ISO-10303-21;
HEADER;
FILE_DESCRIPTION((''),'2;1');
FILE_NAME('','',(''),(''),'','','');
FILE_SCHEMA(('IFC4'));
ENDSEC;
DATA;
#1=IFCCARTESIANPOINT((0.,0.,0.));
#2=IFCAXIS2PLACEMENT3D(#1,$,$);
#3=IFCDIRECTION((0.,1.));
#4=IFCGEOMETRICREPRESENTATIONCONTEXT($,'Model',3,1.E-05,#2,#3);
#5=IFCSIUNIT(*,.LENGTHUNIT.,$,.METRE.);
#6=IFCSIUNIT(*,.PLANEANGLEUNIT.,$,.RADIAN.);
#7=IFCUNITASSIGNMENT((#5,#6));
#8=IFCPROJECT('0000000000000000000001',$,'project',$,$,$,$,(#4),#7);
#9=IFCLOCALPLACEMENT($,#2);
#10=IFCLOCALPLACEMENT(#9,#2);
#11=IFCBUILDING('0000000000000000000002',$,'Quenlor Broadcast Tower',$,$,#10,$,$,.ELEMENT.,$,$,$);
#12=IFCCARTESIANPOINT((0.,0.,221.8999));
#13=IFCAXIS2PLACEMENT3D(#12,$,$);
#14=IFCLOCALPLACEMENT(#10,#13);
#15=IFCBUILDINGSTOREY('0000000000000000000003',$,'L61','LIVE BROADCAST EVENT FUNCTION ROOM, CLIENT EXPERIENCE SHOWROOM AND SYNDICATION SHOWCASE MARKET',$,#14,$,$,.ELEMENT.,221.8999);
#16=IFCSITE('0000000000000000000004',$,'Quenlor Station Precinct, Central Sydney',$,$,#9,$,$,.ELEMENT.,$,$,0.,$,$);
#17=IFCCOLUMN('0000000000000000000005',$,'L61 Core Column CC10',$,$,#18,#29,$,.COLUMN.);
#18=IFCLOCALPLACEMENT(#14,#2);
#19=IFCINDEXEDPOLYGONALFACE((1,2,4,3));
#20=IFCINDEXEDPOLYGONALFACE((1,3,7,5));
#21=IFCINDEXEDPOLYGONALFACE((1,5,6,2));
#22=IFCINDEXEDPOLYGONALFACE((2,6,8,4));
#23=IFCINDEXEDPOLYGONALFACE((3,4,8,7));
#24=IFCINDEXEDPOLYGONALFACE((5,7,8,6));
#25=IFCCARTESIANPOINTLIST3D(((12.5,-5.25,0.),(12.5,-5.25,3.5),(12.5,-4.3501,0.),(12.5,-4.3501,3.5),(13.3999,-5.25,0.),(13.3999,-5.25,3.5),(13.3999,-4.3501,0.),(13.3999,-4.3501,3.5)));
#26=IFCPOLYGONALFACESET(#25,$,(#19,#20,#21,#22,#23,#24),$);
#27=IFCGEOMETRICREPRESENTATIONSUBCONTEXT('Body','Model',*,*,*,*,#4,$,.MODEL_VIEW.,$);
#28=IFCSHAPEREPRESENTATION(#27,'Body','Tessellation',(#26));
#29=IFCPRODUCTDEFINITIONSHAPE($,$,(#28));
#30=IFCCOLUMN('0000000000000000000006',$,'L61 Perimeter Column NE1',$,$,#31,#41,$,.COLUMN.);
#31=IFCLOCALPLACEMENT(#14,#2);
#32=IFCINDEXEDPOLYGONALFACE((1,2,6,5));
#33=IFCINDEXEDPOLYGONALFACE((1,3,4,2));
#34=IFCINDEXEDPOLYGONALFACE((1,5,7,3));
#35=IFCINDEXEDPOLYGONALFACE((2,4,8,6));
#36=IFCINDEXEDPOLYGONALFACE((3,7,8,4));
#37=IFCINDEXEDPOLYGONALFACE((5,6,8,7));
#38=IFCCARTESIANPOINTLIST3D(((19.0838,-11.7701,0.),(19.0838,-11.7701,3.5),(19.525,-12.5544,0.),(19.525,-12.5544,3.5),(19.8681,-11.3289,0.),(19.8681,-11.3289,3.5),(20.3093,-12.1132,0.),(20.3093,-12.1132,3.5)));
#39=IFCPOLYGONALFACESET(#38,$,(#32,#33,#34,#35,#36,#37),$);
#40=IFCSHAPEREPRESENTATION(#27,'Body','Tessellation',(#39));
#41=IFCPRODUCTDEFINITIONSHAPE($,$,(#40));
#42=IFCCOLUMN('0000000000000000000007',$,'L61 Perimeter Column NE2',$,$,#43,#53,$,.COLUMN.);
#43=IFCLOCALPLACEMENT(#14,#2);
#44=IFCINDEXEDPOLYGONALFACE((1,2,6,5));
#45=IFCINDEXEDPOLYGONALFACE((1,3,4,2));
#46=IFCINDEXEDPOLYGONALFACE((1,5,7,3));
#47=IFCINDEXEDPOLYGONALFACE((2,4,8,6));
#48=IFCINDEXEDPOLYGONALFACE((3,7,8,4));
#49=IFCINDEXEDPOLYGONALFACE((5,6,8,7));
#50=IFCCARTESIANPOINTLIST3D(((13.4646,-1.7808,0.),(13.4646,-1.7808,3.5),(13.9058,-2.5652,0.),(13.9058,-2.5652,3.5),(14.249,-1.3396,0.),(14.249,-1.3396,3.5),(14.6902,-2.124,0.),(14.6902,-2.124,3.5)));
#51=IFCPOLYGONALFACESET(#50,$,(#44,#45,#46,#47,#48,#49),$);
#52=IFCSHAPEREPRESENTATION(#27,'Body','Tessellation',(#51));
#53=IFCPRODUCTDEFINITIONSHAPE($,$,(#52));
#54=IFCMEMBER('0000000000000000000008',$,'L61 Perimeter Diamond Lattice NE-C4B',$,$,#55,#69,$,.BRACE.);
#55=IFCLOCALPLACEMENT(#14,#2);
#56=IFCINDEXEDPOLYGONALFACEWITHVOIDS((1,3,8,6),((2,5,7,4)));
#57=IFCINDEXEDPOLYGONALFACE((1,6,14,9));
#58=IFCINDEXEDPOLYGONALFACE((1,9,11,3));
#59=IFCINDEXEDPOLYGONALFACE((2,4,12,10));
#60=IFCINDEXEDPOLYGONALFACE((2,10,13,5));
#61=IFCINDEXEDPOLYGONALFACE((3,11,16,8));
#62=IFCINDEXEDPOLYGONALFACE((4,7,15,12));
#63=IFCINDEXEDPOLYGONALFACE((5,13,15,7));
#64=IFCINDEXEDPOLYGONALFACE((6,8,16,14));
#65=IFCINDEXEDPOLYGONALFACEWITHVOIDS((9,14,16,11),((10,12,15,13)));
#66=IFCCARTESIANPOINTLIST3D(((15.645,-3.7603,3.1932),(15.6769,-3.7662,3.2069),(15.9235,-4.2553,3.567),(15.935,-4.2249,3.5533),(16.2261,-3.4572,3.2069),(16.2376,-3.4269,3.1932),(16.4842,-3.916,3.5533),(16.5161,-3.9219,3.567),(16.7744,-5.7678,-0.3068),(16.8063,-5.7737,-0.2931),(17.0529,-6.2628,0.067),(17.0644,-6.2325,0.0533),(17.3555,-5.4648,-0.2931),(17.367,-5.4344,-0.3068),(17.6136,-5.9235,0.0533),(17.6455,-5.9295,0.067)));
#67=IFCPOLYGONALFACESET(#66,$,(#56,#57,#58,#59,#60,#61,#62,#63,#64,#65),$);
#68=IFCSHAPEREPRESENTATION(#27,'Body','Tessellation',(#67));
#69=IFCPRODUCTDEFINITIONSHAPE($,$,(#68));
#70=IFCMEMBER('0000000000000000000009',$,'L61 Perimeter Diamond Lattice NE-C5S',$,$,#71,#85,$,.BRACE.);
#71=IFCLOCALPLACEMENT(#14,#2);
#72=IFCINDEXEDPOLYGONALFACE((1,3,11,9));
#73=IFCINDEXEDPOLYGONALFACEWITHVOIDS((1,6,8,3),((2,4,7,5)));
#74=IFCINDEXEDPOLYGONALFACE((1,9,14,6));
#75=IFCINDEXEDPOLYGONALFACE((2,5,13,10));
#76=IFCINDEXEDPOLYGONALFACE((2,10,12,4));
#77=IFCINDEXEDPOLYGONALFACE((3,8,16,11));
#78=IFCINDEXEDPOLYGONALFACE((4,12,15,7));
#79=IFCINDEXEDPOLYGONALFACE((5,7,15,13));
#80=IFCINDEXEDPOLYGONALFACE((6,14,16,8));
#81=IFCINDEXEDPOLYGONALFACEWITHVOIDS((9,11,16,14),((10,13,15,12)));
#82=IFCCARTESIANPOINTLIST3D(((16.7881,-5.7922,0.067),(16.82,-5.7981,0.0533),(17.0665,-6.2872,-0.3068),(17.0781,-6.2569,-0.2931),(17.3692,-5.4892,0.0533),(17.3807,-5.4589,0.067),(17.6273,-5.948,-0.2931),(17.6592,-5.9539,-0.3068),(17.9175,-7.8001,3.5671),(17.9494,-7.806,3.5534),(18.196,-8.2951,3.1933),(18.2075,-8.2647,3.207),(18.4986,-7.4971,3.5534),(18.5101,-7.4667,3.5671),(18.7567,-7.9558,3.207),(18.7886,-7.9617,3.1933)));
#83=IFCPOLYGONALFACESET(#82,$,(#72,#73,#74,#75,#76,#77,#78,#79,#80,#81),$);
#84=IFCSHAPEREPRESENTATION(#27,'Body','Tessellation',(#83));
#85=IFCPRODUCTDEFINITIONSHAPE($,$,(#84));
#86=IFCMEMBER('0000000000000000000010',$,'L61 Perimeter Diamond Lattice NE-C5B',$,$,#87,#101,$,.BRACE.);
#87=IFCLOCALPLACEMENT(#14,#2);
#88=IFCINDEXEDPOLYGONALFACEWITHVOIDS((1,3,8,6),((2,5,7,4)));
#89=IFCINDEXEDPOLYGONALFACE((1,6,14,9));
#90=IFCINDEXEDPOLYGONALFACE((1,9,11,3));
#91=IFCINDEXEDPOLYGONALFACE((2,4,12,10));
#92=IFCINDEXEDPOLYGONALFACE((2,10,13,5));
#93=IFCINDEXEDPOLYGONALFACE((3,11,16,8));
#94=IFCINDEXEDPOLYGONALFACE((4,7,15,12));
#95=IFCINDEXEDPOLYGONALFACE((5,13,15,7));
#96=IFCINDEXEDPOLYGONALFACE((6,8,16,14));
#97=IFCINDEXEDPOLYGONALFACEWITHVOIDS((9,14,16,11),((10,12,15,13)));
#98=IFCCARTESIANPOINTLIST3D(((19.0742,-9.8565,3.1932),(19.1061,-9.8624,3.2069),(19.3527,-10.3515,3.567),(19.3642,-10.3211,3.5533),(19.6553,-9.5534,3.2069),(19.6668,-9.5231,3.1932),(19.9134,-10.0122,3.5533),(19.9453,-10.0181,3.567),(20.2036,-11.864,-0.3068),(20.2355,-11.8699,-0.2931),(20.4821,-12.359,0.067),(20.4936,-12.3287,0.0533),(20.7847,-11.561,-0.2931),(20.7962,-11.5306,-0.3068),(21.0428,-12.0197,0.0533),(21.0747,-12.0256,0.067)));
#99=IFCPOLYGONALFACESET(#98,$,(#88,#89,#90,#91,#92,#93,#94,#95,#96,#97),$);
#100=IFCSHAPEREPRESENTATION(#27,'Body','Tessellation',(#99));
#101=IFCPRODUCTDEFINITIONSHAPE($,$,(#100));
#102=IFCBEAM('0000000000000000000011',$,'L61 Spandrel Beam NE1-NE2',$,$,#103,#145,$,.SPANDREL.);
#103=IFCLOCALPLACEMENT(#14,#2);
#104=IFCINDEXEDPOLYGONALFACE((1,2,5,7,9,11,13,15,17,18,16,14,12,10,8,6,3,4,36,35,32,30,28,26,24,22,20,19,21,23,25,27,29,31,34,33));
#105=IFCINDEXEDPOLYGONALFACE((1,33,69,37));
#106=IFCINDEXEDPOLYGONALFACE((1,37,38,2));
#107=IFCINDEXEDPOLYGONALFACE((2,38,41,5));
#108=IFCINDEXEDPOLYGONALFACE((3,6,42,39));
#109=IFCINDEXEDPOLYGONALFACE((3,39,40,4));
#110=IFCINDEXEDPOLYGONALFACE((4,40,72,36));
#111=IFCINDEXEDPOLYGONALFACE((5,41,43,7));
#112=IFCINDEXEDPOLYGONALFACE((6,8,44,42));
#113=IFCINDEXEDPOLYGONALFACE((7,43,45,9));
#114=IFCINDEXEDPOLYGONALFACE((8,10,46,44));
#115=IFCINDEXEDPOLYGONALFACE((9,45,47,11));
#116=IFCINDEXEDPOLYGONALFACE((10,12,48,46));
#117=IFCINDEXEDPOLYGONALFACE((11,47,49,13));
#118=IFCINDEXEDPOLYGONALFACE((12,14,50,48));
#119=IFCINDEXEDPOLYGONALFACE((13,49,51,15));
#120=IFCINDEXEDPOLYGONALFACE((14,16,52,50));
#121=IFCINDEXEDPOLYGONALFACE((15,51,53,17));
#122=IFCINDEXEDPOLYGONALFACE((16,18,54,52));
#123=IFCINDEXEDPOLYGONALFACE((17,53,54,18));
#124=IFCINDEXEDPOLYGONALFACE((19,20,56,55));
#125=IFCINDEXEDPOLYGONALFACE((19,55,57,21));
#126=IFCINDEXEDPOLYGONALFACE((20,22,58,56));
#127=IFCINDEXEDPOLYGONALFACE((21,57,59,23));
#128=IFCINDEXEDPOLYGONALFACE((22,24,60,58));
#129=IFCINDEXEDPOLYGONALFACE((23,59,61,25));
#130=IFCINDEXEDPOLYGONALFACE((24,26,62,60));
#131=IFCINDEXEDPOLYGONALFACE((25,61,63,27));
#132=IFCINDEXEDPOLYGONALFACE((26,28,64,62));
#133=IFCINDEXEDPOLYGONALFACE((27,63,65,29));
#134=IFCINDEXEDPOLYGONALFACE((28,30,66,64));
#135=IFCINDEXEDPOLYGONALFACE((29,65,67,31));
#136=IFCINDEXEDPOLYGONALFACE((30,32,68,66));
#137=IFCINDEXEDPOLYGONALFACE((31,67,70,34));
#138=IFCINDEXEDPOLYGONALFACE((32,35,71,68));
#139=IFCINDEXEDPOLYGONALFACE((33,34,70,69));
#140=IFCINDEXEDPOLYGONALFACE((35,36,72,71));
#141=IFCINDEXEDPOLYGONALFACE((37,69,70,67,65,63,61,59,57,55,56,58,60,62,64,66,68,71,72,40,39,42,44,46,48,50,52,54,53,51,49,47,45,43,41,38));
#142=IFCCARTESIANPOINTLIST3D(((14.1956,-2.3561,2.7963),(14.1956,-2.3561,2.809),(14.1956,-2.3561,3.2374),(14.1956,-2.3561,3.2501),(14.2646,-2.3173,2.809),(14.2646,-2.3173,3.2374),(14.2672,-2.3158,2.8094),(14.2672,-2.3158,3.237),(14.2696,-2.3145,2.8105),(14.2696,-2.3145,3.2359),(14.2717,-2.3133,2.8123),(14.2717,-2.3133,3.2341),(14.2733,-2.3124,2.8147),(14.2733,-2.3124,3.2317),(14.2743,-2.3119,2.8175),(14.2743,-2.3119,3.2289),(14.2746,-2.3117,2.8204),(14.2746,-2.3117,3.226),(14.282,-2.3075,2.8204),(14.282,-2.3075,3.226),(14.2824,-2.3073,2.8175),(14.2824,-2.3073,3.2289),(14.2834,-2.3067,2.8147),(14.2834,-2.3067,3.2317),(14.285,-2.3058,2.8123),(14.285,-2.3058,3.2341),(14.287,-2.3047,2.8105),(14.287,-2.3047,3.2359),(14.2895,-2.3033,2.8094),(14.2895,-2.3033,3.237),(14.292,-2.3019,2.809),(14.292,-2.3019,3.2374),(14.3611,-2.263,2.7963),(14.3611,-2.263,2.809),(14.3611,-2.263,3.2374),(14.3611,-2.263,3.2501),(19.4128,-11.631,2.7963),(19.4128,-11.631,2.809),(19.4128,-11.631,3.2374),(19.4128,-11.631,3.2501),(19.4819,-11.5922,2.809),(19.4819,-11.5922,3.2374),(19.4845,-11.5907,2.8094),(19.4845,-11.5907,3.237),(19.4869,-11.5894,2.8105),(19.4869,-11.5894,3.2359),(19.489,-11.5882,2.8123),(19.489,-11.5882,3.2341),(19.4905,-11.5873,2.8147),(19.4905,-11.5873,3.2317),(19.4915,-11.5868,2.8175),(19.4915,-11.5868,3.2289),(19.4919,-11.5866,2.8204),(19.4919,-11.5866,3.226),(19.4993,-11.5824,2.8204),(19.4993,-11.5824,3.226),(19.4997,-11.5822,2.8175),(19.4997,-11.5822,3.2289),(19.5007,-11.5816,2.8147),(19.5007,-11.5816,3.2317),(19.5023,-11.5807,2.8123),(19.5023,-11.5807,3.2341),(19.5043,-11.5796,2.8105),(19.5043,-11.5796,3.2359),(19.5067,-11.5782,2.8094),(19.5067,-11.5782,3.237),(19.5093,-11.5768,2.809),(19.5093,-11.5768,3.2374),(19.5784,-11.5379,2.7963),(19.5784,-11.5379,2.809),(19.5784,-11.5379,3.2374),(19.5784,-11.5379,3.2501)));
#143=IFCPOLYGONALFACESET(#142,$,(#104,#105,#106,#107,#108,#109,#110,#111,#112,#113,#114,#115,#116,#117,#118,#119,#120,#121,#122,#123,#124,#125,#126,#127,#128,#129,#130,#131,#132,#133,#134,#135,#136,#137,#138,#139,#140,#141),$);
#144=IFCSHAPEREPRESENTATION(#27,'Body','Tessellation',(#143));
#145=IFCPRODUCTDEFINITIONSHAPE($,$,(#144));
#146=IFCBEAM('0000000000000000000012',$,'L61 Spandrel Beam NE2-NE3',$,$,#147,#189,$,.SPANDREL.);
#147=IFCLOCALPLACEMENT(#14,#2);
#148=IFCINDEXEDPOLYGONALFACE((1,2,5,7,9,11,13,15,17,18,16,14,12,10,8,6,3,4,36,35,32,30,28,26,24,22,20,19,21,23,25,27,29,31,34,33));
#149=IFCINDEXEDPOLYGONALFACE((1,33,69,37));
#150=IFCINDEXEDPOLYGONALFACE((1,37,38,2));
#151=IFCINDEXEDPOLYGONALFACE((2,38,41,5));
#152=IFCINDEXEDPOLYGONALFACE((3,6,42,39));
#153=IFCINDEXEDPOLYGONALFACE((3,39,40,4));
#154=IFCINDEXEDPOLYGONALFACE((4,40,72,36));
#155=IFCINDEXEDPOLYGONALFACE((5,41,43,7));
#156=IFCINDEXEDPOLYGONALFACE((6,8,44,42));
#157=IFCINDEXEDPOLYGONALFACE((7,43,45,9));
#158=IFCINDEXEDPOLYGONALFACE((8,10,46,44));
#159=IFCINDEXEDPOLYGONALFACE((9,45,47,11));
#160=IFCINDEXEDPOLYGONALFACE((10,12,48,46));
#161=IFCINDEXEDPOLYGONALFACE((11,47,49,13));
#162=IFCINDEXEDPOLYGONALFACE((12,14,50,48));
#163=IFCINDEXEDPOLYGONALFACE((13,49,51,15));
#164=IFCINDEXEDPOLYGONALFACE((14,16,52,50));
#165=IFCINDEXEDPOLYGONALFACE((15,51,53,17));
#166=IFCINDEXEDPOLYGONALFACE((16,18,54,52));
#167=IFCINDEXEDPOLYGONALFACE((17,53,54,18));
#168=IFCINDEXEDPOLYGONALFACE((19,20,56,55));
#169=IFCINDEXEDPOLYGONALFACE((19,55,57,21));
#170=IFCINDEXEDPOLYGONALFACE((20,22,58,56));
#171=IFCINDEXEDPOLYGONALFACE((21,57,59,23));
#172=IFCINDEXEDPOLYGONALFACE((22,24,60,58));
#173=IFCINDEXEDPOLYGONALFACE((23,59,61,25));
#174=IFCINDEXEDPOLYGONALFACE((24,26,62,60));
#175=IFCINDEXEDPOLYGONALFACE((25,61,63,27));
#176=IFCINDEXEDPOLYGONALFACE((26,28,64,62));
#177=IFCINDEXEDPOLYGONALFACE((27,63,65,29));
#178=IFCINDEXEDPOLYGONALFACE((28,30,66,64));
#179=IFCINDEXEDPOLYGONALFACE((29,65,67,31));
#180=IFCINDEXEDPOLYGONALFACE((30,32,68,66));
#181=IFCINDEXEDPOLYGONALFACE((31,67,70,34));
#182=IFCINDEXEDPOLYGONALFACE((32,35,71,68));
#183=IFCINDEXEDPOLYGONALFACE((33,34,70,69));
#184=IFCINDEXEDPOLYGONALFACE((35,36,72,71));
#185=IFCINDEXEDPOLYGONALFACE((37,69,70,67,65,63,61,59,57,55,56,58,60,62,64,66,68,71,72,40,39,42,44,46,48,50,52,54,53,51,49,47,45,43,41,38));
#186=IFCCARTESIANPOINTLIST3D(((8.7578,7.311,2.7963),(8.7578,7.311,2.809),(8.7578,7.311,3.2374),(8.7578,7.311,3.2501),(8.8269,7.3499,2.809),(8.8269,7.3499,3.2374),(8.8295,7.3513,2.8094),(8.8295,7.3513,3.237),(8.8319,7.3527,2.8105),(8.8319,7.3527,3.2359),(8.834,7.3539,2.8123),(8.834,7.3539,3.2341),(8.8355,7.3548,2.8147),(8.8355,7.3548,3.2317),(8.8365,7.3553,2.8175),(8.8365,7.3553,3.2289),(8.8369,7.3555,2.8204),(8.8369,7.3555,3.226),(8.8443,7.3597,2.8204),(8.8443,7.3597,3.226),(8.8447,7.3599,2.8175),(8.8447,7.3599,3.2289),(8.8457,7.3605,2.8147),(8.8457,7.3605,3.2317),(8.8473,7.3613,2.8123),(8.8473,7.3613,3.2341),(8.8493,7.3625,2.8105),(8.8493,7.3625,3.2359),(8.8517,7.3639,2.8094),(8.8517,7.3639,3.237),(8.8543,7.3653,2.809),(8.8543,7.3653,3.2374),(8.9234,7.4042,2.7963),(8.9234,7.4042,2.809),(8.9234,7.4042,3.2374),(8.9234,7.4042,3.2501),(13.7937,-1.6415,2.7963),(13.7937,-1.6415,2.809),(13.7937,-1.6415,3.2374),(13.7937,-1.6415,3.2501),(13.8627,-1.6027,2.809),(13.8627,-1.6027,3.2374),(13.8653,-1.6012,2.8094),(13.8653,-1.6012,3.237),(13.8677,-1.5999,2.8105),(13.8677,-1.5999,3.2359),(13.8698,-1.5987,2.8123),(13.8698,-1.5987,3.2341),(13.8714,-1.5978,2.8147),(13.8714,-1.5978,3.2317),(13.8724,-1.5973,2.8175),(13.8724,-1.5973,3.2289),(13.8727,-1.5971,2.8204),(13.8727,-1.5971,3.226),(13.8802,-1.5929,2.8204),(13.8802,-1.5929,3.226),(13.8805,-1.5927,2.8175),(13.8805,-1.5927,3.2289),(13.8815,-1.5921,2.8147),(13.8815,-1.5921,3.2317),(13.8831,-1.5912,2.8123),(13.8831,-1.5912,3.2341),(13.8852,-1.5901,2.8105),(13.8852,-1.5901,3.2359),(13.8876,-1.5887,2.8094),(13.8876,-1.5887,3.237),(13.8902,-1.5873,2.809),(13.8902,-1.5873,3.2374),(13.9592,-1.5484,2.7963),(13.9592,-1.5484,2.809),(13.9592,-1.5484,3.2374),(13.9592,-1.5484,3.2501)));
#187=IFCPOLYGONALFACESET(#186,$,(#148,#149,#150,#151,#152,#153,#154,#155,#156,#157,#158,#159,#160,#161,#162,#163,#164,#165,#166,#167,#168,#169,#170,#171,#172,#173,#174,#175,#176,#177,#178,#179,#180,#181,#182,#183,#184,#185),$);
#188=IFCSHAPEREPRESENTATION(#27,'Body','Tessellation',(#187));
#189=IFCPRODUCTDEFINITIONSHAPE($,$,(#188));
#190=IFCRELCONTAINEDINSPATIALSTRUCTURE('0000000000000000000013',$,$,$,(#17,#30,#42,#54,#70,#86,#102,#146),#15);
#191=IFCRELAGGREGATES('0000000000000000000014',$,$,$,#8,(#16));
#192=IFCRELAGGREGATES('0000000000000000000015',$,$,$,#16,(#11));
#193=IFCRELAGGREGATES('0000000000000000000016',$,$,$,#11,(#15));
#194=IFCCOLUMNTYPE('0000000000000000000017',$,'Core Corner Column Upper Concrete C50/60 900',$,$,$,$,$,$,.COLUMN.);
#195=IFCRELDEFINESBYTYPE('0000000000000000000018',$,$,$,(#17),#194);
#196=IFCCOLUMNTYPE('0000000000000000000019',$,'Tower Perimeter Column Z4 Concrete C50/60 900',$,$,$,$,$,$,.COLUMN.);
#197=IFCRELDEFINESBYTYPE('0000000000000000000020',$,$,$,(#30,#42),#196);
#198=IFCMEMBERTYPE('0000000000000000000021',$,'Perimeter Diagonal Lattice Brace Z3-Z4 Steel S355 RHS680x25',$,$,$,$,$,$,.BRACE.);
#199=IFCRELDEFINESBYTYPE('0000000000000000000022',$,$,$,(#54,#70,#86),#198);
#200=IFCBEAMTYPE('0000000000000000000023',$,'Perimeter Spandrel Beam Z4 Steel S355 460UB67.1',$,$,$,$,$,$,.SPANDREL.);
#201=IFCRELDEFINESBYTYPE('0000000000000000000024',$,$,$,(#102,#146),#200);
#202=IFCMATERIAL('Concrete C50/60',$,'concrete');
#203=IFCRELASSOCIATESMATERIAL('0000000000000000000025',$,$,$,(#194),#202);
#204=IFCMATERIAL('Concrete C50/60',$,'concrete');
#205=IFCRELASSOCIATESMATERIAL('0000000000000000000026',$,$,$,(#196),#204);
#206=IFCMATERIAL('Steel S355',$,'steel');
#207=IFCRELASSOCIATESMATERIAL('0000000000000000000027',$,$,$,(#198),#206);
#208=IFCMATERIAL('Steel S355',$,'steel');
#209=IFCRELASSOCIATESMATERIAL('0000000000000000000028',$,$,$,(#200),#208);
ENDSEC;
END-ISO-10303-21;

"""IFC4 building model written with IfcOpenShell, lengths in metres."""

from ifc_helpers import new_model, si_unit, direction, frame, origin, origin_2d, place, context, subcontext, project, spatial, rectangle, hollow_rectangle, i_section, extrude, material, material_profile, profile_set, type_object, element, save


model = new_model("IFC4")

# Units and contexts
model_context = context("Model", 3, precision=1e-05, world=origin(), true_north=direction((0.0, 1.0)))
body_context = subcontext(model_context, "Body", "Model", "MODEL_VIEW")
ifc_project = project(units=[si_unit("LENGTHUNIT", "METRE"), si_unit("PLANEANGLEUNIT", "RADIAN")], contexts=[model_context])

# Site, building, storey
site_placement = place(None, origin())
site = spatial("IfcSite", under=ifc_project, at=site_placement, Name="Quenlor Station Precinct, Central Sydney", CompositionType="ELEMENT", RefElevation=0.0)
building_placement = place(site_placement, origin())
building = spatial("IfcBuilding", under=site, at=building_placement, Name="Quenlor Broadcast Tower", CompositionType="ELEMENT")
storey_placement = place(building_placement, frame((0.0, 0.0, 221.8999)))
storey = spatial("IfcBuildingStorey", under=building, at=storey_placement, Name="L61", Description="LIVE BROADCAST EVENT FUNCTION ROOM, CLIENT EXPERIENCE SHOWROOM AND SYNDICATION SHOWCASE MARKET", CompositionType="ELEMENT", Elevation=221.8999)

# Columns
ifc_material_1 = material(Name="Concrete C50/60", Category="concrete")
ifc_material_profile_1 = material_profile(ifc_material_1, rectangle(XDim=0.8999, YDim=0.8999, at=origin_2d()))
ifc_profile_set_1 = profile_set([ifc_material_profile_1], Name="Concrete C50/60 RC900x900")
column_type_1 = type_object("IfcColumnType", Name="Core Corner Column Upper Concrete C50/60 900", PredefinedType="COLUMN", material=ifc_profile_set_1)
column_placement = place(storey_placement, frame((12.95, -4.8, 0.0), z_axis=(0.0, 0.0, 1.0), x_axis=(1.0, 0.0, 0.0)))
element("IfcColumn", 1, at=column_placement, inside=storey, type_object=column_type_1, Name="L61 Core Column CC10", PredefinedType="COLUMN", context=body_context, shape_type="SweptSolid", body=[
    extrude(rectangle(XDim=0.8999, YDim=0.8999, at=origin_2d()), origin(), (0.0, 0.0, 1.0), 3.5),
])
ifc_material_2 = material(Name="Concrete C50/60", Category="concrete")
ifc_material_profile_2 = material_profile(ifc_material_2, rectangle(XDim=0.8999, YDim=0.8999, at=origin_2d()))
ifc_profile_set_2 = profile_set([ifc_material_profile_2], Name="Concrete C50/60 RC900x900")
column_type_2 = type_object("IfcColumnType", Name="Tower Perimeter Column Z4 Concrete C50/60 900", PredefinedType="COLUMN", material=ifc_profile_set_2)
for number, where, z_axis, x_axis, name in (
    (2, (19.6965, -11.9417, 0.0), (0.0, 0.0, 1.0), (0.871575, 0.490262, 0.0), "L61 Perimeter Column NE1"),
    (3, (14.0774, -1.9524, 0.0), (0.0, 0.0, 1.0), (0.871575, 0.490262, 0.0), "L61 Perimeter Column NE2"),
):
    element("IfcColumn", number, at=place(storey_placement, frame(where, z_axis=z_axis, x_axis=x_axis)), inside=storey, type_object=column_type_2, Name=name, PredefinedType="COLUMN", context=body_context, shape_type="SweptSolid", body=[
        extrude(rectangle(XDim=0.8999, YDim=0.8999, at=origin_2d()), origin(), (0.0, 0.0, 1.0), 3.5),
    ])

# Members
ifc_material_3 = material(Name="Steel S355", Category="steel")
ifc_material_profile_3 = material_profile(ifc_material_3, hollow_rectangle(XDim=0.6799, YDim=0.6799, WallThickness=0.0249, at=origin_2d()))
ifc_profile_set_3 = profile_set([ifc_material_profile_3], Name="Steel S355 RHS680x680x25")
member_type = type_object("IfcMemberType", Name="Perimeter Diagonal Lattice Brace Z3-Z4 Steel S355 RHS680x25", PredefinedType="BRACE", material=ifc_profile_set_3)
member_1_placement = place(storey_placement, frame((17.21, -5.8486, -0.1199), z_axis=(-0.269547, 0.479136, 0.835328), x_axis=(-0.87155, -0.490307, 0.0)))
element("IfcMember", 4, at=member_1_placement, inside=storey, type_object=member_type, Name="L61 Perimeter Diamond Lattice NE-C4B", PredefinedType="BRACE", context=body_context, shape_type="SweptSolid", body=[
    extrude(hollow_rectangle(XDim=0.6799, YDim=0.6799, WallThickness=0.0249, at=origin_2d()), origin(), (0.0, 0.0, 1.0), 4.1899),
])
member_2_placement = place(storey_placement, frame((17.2236, -5.873, -0.1199), z_axis=(0.26954, -0.479181, 0.835305), x_axis=(0.871576, 0.490261, 0.0)))
element("IfcMember", 5, at=member_2_placement, inside=storey, type_object=member_type, Name="L61 Perimeter Diamond Lattice NE-C5S", PredefinedType="BRACE", context=body_context, shape_type="SweptSolid", body=[
    extrude(hollow_rectangle(XDim=0.6799, YDim=0.6799, WallThickness=0.0249, at=origin_2d()), origin(), (0.0, 0.0, 1.0), 4.1902),
])
member_3_placement = place(storey_placement, frame((20.6392, -11.9448, -0.1199), z_axis=(-0.269547, 0.479136, 0.835328), x_axis=(-0.87155, -0.490307, 0.0)))
element("IfcMember", 6, at=member_3_placement, inside=storey, type_object=member_type, Name="L61 Perimeter Diamond Lattice NE-C5B", PredefinedType="BRACE", context=body_context, shape_type="SweptSolid", body=[
    extrude(hollow_rectangle(XDim=0.6799, YDim=0.6799, WallThickness=0.0249, at=origin_2d()), origin(), (0.0, 0.0, 1.0), 4.1899),
])

# Beams
ifc_material_4 = material(Name="Steel S355", Category="steel")
ifc_material_profile_4 = material_profile(ifc_material_4, i_section(OverallWidth=0.1899, OverallDepth=0.4539, WebThickness=0.0085, FlangeThickness=0.0127, FilletRadius=0.0115, at=origin_2d()))
ifc_profile_set_4 = profile_set([ifc_material_profile_4], Name="Steel S355 460UB67.1")
beam_type_1 = type_object("IfcBeamType", Name="Perimeter Spandrel Beam Z4 Steel S355 460UB67.1", PredefinedType="SPANDREL", material=ifc_profile_set_4)
beam_1_placement = place(storey_placement, frame((19.4956, -11.5845, 3.0232), z_axis=(-0.490272, 0.871569, 0.0), x_axis=(-0.871569, -0.490272, 0.0)))
element("IfcBeam", 7, at=beam_1_placement, inside=storey, type_object=beam_type_1, Name="L61 Spandrel Beam NE1-NE2", PredefinedType="SPANDREL", context=body_context, shape_type="SweptSolid", body=[
    extrude(i_section(OverallWidth=0.1899, OverallDepth=0.4539, WebThickness=0.0085, FlangeThickness=0.0127, FilletRadius=0.0115, at=origin_2d()), origin(), (0.0, 0.0, 1.0), 10.6416),
])
beam_2_placement = place(storey_placement, frame((13.8765, -1.595, 3.0232), z_axis=(-0.490263, 0.871574, 0.0), x_axis=(-0.871574, -0.490263, 0.0)))
element("IfcBeam", 8, at=beam_2_placement, inside=storey, type_object=beam_type_1, Name="L61 Spandrel Beam NE2-NE3", PredefinedType="SPANDREL", context=body_context, shape_type="SweptSolid", body=[
    extrude(i_section(OverallWidth=0.1899, OverallDepth=0.4539, WebThickness=0.0085, FlangeThickness=0.0127, FilletRadius=0.0115, at=origin_2d()), origin(), (0.0, 0.0, 1.0), 10.2717),
])

save(model, "model.ifc")
